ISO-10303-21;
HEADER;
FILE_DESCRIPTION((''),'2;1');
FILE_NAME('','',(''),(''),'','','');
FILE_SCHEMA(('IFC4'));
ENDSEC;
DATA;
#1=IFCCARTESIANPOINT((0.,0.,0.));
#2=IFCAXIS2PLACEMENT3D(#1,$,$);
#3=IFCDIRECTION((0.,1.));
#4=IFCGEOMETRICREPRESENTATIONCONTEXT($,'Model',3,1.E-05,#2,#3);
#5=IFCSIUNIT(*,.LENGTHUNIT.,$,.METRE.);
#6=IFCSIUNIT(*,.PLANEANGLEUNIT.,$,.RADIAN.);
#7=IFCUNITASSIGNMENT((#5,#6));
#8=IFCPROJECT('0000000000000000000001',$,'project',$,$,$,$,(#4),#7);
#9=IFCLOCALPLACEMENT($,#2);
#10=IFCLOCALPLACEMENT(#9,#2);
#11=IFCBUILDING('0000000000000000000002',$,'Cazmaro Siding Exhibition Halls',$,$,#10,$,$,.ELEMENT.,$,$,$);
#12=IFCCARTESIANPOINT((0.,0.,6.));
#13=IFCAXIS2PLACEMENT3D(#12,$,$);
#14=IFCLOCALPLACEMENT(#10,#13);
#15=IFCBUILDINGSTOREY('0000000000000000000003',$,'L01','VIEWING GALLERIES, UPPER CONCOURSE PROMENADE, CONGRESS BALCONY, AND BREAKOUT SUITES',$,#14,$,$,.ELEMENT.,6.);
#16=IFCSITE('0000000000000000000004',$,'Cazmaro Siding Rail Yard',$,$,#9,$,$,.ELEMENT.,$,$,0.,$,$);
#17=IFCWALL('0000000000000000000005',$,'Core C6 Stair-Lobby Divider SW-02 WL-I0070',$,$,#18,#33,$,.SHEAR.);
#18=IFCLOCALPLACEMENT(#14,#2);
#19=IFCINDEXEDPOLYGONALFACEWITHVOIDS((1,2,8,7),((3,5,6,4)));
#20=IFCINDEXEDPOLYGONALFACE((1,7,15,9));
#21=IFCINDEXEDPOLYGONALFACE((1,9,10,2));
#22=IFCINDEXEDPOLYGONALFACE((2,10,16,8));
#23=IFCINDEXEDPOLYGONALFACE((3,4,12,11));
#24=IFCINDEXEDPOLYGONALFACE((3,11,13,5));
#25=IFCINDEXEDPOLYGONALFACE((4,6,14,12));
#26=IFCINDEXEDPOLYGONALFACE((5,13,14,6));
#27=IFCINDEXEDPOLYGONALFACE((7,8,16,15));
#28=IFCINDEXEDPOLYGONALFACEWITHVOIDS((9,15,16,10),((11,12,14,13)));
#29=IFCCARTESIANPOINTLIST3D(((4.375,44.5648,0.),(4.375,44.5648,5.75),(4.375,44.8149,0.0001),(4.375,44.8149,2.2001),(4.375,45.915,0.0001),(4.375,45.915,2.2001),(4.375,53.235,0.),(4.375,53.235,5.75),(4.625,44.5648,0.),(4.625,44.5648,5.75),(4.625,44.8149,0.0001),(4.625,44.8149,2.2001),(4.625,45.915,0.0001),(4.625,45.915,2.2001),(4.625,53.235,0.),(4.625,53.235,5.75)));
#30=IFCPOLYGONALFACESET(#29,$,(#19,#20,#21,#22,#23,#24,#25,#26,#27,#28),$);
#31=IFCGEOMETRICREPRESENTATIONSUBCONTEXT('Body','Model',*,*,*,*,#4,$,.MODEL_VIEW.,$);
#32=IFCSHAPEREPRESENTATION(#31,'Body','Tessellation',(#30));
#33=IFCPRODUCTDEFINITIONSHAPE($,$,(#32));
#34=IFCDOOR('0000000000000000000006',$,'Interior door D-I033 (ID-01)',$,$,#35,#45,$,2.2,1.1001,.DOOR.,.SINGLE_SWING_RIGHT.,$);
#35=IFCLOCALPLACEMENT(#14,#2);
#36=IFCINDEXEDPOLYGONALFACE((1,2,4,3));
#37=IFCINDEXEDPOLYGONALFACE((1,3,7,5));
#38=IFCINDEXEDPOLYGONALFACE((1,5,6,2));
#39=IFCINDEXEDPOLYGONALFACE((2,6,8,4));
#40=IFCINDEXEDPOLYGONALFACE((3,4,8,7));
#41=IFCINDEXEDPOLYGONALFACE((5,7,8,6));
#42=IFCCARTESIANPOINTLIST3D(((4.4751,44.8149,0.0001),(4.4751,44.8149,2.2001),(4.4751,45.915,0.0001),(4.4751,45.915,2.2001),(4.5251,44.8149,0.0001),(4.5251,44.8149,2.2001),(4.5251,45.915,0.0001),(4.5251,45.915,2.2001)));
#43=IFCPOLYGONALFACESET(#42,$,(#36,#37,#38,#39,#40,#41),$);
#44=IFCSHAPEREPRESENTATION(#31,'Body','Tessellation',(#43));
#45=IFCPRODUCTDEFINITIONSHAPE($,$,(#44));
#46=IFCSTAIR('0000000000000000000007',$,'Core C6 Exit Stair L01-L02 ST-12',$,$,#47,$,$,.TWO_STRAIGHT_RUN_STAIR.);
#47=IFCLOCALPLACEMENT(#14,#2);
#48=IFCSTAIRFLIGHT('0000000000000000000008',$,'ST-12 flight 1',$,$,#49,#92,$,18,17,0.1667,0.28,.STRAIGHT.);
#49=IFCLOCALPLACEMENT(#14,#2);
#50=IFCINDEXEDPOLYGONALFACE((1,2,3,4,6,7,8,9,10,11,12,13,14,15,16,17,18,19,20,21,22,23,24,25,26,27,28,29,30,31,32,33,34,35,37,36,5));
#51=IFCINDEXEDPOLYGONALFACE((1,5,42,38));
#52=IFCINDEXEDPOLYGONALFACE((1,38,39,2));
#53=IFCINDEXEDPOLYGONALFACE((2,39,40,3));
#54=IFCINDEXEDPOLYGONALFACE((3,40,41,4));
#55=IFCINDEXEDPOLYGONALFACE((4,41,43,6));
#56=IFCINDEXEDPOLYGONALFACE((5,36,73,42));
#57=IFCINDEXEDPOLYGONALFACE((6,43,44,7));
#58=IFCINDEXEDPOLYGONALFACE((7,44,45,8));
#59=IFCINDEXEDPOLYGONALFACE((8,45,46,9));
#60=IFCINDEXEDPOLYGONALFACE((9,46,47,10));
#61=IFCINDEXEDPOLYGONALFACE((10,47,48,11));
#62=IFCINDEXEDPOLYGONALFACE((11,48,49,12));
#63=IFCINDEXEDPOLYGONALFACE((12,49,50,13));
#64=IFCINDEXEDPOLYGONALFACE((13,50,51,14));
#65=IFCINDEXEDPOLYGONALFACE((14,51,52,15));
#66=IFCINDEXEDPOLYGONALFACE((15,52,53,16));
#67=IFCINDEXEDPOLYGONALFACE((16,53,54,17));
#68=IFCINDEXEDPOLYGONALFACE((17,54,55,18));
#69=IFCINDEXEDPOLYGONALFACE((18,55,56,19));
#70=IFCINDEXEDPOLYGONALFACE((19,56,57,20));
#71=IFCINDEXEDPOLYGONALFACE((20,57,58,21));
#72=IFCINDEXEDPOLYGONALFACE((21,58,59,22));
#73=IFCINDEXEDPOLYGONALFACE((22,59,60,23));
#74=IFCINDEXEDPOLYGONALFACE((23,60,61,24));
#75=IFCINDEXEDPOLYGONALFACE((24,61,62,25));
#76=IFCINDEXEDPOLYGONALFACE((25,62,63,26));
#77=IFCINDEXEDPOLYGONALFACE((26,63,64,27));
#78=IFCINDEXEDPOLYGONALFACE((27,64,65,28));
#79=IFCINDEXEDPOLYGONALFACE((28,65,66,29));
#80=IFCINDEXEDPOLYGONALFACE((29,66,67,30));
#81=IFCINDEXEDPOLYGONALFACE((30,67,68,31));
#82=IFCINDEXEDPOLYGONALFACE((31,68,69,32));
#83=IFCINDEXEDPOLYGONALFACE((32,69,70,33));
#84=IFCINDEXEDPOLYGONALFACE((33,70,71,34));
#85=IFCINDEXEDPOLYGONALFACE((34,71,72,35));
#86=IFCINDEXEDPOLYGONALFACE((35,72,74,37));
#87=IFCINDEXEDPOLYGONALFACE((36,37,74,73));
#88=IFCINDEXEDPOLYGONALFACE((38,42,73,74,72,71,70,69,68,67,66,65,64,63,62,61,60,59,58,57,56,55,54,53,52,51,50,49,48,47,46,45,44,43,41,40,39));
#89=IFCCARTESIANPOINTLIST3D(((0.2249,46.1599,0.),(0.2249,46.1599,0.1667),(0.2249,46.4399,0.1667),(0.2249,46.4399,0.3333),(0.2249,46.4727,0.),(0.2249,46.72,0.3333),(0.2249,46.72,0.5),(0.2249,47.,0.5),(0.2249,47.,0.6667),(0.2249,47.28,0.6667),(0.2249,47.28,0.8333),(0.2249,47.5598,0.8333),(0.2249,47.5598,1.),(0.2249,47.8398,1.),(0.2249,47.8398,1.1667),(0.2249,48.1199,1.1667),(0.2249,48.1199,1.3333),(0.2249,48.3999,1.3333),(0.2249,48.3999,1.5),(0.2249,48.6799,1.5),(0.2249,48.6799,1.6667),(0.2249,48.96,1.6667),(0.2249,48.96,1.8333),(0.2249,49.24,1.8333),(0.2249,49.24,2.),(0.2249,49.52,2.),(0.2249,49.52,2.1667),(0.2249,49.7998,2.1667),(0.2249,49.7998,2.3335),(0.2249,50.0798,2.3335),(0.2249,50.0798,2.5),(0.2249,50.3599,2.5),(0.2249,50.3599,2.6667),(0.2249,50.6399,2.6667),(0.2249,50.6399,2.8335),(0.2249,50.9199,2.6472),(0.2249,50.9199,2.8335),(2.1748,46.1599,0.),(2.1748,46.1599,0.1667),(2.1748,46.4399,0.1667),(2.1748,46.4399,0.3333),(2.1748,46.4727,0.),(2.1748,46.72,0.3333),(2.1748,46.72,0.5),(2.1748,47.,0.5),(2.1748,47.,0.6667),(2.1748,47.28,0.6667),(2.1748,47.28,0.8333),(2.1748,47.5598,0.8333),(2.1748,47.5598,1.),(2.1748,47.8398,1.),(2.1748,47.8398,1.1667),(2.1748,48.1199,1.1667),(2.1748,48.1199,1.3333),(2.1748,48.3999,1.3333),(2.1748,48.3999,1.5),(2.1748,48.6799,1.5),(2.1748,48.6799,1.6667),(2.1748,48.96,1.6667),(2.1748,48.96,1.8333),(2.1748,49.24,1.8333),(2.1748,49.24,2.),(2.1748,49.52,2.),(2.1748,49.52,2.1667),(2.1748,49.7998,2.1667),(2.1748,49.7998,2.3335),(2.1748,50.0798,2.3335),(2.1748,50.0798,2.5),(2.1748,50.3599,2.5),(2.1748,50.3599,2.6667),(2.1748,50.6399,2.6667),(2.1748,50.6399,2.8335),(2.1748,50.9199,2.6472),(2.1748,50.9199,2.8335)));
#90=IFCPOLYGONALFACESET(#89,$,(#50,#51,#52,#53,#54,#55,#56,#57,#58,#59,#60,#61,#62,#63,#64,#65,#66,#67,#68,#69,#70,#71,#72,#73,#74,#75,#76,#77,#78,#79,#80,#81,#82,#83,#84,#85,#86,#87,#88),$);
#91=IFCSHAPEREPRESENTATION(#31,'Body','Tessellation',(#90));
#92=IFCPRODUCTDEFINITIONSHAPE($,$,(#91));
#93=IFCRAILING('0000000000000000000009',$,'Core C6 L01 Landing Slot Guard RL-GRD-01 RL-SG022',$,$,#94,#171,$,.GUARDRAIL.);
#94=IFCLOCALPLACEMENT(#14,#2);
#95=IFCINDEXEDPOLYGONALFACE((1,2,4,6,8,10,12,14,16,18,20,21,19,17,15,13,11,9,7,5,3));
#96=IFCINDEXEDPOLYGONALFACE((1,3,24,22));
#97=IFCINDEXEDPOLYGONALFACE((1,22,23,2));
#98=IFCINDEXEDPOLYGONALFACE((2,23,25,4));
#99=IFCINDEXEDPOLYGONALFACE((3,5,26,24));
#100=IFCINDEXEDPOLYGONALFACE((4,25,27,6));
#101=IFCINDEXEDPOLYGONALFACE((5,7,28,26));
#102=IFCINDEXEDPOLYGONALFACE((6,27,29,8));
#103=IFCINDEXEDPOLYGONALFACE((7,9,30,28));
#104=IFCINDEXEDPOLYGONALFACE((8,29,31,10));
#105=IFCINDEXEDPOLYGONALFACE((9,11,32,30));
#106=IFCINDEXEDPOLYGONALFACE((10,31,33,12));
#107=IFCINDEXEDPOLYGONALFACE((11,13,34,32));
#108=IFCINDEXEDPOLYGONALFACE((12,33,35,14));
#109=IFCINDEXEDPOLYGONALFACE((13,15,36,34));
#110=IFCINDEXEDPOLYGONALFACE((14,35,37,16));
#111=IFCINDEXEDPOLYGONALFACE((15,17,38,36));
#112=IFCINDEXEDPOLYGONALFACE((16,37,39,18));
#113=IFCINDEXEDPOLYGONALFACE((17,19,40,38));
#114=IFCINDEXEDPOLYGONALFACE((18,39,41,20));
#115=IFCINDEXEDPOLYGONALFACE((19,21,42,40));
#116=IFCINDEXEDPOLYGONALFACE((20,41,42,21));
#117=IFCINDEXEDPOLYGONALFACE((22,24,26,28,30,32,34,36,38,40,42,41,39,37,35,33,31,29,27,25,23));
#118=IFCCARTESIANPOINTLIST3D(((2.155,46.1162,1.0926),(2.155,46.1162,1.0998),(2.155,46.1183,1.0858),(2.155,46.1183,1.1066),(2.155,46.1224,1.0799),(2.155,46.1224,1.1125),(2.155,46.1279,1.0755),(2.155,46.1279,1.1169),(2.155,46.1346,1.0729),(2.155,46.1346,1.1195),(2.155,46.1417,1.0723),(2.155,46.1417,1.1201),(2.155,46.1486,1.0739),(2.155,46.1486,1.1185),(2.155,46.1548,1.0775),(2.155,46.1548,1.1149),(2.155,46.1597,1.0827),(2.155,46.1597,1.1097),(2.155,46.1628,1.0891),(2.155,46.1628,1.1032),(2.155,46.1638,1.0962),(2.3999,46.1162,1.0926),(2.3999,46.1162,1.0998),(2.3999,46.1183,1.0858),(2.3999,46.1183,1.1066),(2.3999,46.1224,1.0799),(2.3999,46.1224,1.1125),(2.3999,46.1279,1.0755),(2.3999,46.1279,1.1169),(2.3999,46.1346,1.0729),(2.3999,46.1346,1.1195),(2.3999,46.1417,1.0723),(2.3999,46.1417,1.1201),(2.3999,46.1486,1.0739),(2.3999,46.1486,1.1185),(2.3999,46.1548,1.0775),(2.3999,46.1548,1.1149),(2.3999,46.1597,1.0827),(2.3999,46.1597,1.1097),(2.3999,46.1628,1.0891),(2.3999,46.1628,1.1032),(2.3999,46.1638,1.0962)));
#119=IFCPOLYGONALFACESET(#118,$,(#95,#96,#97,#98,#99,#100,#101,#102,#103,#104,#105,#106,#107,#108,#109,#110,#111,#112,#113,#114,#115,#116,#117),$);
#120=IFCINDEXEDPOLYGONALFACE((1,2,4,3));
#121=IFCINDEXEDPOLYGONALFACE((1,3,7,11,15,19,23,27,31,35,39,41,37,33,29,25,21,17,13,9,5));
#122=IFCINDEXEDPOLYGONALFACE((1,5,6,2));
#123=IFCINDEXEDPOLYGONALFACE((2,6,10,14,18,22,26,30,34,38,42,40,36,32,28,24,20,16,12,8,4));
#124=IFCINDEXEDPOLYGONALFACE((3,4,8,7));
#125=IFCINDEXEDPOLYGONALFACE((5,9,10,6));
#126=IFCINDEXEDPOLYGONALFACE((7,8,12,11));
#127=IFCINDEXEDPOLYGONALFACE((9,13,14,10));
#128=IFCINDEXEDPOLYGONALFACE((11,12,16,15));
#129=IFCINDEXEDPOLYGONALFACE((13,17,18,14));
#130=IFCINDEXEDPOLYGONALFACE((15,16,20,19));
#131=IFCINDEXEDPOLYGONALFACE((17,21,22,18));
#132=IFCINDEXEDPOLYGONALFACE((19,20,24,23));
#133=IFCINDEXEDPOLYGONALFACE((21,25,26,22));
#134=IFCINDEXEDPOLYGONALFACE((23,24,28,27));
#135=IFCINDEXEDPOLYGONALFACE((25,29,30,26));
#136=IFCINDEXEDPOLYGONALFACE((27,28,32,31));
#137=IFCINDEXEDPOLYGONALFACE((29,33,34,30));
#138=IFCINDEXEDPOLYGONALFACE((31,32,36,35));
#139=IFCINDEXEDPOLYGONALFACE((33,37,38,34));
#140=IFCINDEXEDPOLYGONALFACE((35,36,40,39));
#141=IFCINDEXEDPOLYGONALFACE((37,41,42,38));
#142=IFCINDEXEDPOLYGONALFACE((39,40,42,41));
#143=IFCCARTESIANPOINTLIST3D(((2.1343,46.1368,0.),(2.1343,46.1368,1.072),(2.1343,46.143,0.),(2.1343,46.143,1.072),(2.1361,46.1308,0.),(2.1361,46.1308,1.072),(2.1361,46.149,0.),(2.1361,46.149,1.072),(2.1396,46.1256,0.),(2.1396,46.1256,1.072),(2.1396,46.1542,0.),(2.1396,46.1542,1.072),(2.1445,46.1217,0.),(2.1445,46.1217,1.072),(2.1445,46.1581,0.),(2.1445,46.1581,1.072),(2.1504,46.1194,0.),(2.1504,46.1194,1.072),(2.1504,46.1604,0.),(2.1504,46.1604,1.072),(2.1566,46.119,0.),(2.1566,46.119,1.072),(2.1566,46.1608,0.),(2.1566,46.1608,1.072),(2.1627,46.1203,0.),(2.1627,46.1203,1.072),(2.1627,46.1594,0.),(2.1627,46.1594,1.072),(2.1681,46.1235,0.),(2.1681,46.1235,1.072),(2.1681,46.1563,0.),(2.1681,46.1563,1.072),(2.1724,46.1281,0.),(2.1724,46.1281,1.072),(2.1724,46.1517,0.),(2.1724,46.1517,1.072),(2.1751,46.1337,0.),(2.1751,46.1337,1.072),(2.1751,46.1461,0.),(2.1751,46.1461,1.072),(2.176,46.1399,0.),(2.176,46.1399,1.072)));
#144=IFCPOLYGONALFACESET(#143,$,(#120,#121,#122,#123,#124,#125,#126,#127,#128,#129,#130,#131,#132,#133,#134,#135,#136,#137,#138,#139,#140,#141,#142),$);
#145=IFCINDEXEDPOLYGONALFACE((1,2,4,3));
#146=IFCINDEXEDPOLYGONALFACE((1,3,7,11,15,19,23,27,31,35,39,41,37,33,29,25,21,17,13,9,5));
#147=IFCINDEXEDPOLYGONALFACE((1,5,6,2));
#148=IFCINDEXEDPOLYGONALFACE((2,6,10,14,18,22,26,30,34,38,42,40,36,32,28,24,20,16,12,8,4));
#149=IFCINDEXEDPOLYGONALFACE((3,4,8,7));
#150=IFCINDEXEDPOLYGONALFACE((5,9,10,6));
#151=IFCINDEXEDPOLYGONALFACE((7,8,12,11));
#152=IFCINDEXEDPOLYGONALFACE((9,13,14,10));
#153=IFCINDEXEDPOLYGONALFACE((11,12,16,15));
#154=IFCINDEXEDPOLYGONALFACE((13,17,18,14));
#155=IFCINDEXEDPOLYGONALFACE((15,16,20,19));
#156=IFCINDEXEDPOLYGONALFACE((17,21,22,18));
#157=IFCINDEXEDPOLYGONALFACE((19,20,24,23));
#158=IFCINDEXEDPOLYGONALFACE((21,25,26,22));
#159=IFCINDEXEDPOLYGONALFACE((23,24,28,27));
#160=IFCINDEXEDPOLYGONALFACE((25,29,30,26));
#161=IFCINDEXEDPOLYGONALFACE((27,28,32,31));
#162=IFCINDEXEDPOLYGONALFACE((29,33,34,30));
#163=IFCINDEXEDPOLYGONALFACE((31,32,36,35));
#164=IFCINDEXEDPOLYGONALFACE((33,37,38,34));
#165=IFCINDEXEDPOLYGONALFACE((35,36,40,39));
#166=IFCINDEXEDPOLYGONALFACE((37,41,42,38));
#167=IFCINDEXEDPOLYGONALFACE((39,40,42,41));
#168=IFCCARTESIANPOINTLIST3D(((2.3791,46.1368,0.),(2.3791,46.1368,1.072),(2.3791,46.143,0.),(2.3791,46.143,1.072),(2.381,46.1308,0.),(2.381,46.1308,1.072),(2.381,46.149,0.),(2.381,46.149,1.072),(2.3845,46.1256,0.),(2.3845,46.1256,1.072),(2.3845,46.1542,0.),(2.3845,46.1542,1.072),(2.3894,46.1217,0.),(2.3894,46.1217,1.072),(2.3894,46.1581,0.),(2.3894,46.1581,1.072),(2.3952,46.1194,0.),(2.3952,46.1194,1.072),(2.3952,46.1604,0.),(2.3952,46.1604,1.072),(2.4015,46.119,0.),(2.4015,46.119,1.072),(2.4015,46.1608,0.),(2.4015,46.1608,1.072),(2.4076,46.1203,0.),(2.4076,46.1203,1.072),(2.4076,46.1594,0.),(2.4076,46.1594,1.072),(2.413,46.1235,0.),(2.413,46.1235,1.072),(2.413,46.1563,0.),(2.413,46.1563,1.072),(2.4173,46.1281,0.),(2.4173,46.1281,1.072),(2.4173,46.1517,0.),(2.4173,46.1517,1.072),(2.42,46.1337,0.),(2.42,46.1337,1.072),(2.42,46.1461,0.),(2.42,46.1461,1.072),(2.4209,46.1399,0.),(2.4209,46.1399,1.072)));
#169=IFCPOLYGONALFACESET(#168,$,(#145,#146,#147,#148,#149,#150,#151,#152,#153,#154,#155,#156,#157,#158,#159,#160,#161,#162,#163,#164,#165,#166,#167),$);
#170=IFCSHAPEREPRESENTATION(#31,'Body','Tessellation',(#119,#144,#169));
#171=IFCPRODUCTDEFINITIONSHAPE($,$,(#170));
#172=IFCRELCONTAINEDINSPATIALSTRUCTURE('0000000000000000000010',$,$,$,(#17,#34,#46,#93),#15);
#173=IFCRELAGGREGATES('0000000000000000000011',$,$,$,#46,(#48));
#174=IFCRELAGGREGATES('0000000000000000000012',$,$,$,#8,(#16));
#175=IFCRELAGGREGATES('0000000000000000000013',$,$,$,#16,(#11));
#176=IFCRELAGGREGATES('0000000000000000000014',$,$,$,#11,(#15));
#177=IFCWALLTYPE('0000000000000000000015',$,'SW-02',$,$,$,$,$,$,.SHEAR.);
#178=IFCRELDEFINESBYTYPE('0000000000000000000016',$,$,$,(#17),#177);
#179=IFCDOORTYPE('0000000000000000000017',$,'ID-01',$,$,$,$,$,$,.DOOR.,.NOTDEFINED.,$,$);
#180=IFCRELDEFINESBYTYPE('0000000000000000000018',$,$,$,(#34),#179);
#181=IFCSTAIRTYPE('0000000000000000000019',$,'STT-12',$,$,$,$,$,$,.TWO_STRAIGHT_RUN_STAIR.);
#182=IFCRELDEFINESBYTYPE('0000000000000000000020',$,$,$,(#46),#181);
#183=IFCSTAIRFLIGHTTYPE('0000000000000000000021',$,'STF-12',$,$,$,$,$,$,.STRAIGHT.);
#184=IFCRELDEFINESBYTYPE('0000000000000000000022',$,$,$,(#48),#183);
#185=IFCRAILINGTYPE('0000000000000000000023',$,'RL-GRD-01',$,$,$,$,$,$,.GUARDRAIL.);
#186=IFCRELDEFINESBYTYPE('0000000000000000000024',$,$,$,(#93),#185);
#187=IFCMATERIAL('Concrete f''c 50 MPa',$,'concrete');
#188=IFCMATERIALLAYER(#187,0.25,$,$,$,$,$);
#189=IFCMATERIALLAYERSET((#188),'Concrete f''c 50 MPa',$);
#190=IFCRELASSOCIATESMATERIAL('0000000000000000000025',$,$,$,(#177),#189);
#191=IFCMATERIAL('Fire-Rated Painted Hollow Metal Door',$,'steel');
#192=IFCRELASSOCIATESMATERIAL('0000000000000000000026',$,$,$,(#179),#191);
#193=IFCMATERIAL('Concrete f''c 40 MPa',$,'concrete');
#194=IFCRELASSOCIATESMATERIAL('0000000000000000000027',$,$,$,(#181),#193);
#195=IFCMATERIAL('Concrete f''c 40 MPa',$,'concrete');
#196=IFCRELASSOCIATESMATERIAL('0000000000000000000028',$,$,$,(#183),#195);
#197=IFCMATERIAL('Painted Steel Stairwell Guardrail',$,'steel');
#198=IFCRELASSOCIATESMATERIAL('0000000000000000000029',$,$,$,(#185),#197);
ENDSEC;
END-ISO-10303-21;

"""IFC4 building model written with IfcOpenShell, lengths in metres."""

from ifc_helpers import new_model, si_unit, direction, frame, frame_2d, origin, origin_2d, place, context, subcontext, project, spatial, polyline, rectangle, circle, outline, extrude, material, layer, layer_set, type_object, element, fill, aggregate, save


model = new_model("IFC4")

# Units and contexts
model_context = context("Model", 3, precision=1e-05, world=origin(), true_north=direction((0.0, 1.0)))
body_context = subcontext(model_context, "Body", "Model", "MODEL_VIEW")
ifc_project = project(units=[si_unit("LENGTHUNIT", "METRE"), si_unit("PLANEANGLEUNIT", "RADIAN")], contexts=[model_context])

# Site, building, storey
site_placement = place(None, origin())
site = spatial("IfcSite", under=ifc_project, at=site_placement, Name="Cazmaro Siding Rail Yard", CompositionType="ELEMENT", RefElevation=0.0)
building_placement = place(site_placement, origin())
building = spatial("IfcBuilding", under=site, at=building_placement, Name="Cazmaro Siding Exhibition Halls", CompositionType="ELEMENT")
storey_placement = place(building_placement, frame((0.0, 0.0, 6.0)))
storey = spatial("IfcBuildingStorey", under=building, at=storey_placement, Name="L01", Description="VIEWING GALLERIES, UPPER CONCOURSE PROMENADE, CONGRESS BALCONY, AND BREAKOUT SUITES", CompositionType="ELEMENT", Elevation=6.0)

# Wall, opening, door
ifc_material_1 = material(Name="Concrete f'c 50 MPa", Category="concrete")
ifc_layer_1 = layer(ifc_material_1, 0.25)
ifc_layer_set_1 = layer_set([ifc_layer_1], Name="Concrete f'c 50 MPa")
wall_type_1 = type_object("IfcWallType", Name="SW-02", PredefinedType="SHEAR", material=ifc_layer_set_1)
wall_1_placement = place(storey_placement, frame((4.5, 44.5649, 0.0), z_axis=(0.0, 0.0, 1.0), x_axis=(0.0, 1.0, 0.0)))
wall_1 = element("IfcWall", 1, at=wall_1_placement, inside=storey, type_object=wall_type_1, Name="Core C6 Stair-Lobby Divider SW-02 WL-I0070", PredefinedType="SHEAR", context=body_context, shape_type="SweptSolid", body=[
    extrude(rectangle(XDim=8.6702, YDim=0.25, at=frame_2d((4.335, 0.0))), origin(), (0.0, 0.0, 1.0), 5.75),
])
opening_1_placement = place(wall_1_placement, frame((0.25, 0.0, 0.0)))
opening_1 = element("IfcOpeningElement", 2, at=opening_1_placement, cuts=wall_1, PredefinedType="OPENING", context=body_context, shape_type="SweptSolid", body=[
    extrude(rectangle(XDim=1.1001, YDim=2.2, at=frame_2d((0.55, 1.1001))), frame((0.0, 0.135, 0.0), z_axis=(0.0, -1.0, 0.0), x_axis=(1.0, 0.0, 0.0)), (0.0, 0.0, 1.0), 0.27),
])
ifc_material_2 = material(Name="Fire-Rated Painted Hollow Metal Door", Category="steel")
door_type_1 = type_object("IfcDoorType", Name="ID-01", OperationType="NOTDEFINED", PredefinedType="DOOR", material=ifc_material_2)
door_1_placement = place(opening_1_placement, origin())
door_1 = element("IfcDoor", 3, at=door_1_placement, inside=storey, type_object=door_type_1, Name="Interior door D-I033 (ID-01)", OperationType="SINGLE_SWING_RIGHT", OverallHeight=2.2, OverallWidth=1.1001, PredefinedType="DOOR", context=body_context, shape_type="SweptSolid", body=[
    extrude(rectangle(XDim=1.1001, YDim=2.2, at=frame_2d((0.55, 1.1001))), frame((0.0, 0.0249, 0.0), z_axis=(0.0, -1.0, 0.0), x_axis=(1.0, 0.0, 0.0)), (0.0, 0.0, 1.0), 0.05),
])
fill(opening_1, door_1)

# Stair, stair flight
ifc_material_3 = material(Name="Concrete f'c 40 MPa", Category="concrete")
stair_type = type_object("IfcStairType", Name="STT-12", PredefinedType="TWO_STRAIGHT_RUN_STAIR", material=ifc_material_3)
stair_placement = place(storey_placement, origin())
stair = element("IfcStair", 4, at=stair_placement, inside=storey, type_object=stair_type, Name="Core C6 Exit Stair L01-L02 ST-12", PredefinedType="TWO_STRAIGHT_RUN_STAIR")
ifc_material_4 = material(Name="Concrete f'c 40 MPa", Category="concrete")
stair_flight_type = type_object("IfcStairFlightType", Name="STF-12", PredefinedType="STRAIGHT", material=ifc_material_4)
stair_flight_placement = place(storey_placement, frame((1.2, 46.1599, 0.0), z_axis=(0.0, 0.0, 1.0), x_axis=(0.0, 1.0, 0.0)))
stair_flight = element("IfcStairFlight", 5, at=stair_flight_placement, type_object=stair_flight_type, Name="ST-12 flight 1", NumberOfRisers=18, NumberOfTreads=17, PredefinedType="STRAIGHT", RiserHeight=0.1667, TreadLength=0.28, context=body_context, shape_type="SweptSolid", body=[
    extrude(outline(polyline([(0.0, 0.0), (0.0, 0.1667), (0.28, 0.1667), (0.28, 0.3333), (0.5601, 0.3333), (0.5601, 0.5), (0.8401, 0.5), (0.8401, 0.6667), (1.1201, 0.6667), (1.1201, 0.8333), (1.3999, 0.8333), (1.3999, 1.0), (1.6799, 1.0), (1.6799, 1.1667), (1.96, 1.1667), (1.96, 1.3333), (2.24, 1.3333), (2.24, 1.5), (2.52, 1.5), (2.52, 1.6667), (2.8, 1.6667), (2.8, 1.8333), (3.0801, 1.8333), (3.0801, 2.0), (3.3601, 2.0), (3.3601, 2.1667), (3.6399, 2.1667), (3.6399, 2.3335), (3.9199, 2.3335), (3.9199, 2.5), (4.2, 2.5), (4.2, 2.6667), (4.48, 2.6667), (4.48, 2.8335), (4.76, 2.8335), (4.76, 3.0), (4.76, 2.6472), (0.3127, 0.0), (0.0, 0.0)])), frame((0.0, 0.9751, 0.0), z_axis=(0.0, -1.0, 0.0), x_axis=(1.0, 0.0, 0.0)), (0.0, 0.0, 1.0), 1.95),
])
aggregate(stair, [stair_flight])

# Railing
ifc_material_5 = material(Name="Painted Steel Stairwell Guardrail", Category="steel")
railing_type_1 = type_object("IfcRailingType", Name="RL-GRD-01", PredefinedType="GUARDRAIL", material=ifc_material_5)
railing_1_placement = place(storey_placement, frame((2.155, 46.1399, 0.0)))
element("IfcRailing", 6, at=railing_1_placement, inside=storey, type_object=railing_type_1, Name="Core C6 L01 Landing Slot Guard RL-GRD-01 RL-SG022", PredefinedType="GUARDRAIL", context=body_context, shape_type="SweptSolid", body=[
    extrude(circle(Radius=0.0239, at=origin_2d()), frame((0.0, 0.0, 1.0962), z_axis=(1.0, 0.0, 0.0), x_axis=(0.0, 1.0, 0.0)), (0.0, 0.0, 1.0), 0.2449),
    extrude(circle(Radius=0.021, at=origin_2d()), origin(), (0.0, 0.0, 1.0), 1.072),
    extrude(circle(Radius=0.021, at=origin_2d()), frame((0.2449, 0.0, 0.0)), (0.0, 0.0, 1.0), 1.072),
])

save(model, "model.ifc")
